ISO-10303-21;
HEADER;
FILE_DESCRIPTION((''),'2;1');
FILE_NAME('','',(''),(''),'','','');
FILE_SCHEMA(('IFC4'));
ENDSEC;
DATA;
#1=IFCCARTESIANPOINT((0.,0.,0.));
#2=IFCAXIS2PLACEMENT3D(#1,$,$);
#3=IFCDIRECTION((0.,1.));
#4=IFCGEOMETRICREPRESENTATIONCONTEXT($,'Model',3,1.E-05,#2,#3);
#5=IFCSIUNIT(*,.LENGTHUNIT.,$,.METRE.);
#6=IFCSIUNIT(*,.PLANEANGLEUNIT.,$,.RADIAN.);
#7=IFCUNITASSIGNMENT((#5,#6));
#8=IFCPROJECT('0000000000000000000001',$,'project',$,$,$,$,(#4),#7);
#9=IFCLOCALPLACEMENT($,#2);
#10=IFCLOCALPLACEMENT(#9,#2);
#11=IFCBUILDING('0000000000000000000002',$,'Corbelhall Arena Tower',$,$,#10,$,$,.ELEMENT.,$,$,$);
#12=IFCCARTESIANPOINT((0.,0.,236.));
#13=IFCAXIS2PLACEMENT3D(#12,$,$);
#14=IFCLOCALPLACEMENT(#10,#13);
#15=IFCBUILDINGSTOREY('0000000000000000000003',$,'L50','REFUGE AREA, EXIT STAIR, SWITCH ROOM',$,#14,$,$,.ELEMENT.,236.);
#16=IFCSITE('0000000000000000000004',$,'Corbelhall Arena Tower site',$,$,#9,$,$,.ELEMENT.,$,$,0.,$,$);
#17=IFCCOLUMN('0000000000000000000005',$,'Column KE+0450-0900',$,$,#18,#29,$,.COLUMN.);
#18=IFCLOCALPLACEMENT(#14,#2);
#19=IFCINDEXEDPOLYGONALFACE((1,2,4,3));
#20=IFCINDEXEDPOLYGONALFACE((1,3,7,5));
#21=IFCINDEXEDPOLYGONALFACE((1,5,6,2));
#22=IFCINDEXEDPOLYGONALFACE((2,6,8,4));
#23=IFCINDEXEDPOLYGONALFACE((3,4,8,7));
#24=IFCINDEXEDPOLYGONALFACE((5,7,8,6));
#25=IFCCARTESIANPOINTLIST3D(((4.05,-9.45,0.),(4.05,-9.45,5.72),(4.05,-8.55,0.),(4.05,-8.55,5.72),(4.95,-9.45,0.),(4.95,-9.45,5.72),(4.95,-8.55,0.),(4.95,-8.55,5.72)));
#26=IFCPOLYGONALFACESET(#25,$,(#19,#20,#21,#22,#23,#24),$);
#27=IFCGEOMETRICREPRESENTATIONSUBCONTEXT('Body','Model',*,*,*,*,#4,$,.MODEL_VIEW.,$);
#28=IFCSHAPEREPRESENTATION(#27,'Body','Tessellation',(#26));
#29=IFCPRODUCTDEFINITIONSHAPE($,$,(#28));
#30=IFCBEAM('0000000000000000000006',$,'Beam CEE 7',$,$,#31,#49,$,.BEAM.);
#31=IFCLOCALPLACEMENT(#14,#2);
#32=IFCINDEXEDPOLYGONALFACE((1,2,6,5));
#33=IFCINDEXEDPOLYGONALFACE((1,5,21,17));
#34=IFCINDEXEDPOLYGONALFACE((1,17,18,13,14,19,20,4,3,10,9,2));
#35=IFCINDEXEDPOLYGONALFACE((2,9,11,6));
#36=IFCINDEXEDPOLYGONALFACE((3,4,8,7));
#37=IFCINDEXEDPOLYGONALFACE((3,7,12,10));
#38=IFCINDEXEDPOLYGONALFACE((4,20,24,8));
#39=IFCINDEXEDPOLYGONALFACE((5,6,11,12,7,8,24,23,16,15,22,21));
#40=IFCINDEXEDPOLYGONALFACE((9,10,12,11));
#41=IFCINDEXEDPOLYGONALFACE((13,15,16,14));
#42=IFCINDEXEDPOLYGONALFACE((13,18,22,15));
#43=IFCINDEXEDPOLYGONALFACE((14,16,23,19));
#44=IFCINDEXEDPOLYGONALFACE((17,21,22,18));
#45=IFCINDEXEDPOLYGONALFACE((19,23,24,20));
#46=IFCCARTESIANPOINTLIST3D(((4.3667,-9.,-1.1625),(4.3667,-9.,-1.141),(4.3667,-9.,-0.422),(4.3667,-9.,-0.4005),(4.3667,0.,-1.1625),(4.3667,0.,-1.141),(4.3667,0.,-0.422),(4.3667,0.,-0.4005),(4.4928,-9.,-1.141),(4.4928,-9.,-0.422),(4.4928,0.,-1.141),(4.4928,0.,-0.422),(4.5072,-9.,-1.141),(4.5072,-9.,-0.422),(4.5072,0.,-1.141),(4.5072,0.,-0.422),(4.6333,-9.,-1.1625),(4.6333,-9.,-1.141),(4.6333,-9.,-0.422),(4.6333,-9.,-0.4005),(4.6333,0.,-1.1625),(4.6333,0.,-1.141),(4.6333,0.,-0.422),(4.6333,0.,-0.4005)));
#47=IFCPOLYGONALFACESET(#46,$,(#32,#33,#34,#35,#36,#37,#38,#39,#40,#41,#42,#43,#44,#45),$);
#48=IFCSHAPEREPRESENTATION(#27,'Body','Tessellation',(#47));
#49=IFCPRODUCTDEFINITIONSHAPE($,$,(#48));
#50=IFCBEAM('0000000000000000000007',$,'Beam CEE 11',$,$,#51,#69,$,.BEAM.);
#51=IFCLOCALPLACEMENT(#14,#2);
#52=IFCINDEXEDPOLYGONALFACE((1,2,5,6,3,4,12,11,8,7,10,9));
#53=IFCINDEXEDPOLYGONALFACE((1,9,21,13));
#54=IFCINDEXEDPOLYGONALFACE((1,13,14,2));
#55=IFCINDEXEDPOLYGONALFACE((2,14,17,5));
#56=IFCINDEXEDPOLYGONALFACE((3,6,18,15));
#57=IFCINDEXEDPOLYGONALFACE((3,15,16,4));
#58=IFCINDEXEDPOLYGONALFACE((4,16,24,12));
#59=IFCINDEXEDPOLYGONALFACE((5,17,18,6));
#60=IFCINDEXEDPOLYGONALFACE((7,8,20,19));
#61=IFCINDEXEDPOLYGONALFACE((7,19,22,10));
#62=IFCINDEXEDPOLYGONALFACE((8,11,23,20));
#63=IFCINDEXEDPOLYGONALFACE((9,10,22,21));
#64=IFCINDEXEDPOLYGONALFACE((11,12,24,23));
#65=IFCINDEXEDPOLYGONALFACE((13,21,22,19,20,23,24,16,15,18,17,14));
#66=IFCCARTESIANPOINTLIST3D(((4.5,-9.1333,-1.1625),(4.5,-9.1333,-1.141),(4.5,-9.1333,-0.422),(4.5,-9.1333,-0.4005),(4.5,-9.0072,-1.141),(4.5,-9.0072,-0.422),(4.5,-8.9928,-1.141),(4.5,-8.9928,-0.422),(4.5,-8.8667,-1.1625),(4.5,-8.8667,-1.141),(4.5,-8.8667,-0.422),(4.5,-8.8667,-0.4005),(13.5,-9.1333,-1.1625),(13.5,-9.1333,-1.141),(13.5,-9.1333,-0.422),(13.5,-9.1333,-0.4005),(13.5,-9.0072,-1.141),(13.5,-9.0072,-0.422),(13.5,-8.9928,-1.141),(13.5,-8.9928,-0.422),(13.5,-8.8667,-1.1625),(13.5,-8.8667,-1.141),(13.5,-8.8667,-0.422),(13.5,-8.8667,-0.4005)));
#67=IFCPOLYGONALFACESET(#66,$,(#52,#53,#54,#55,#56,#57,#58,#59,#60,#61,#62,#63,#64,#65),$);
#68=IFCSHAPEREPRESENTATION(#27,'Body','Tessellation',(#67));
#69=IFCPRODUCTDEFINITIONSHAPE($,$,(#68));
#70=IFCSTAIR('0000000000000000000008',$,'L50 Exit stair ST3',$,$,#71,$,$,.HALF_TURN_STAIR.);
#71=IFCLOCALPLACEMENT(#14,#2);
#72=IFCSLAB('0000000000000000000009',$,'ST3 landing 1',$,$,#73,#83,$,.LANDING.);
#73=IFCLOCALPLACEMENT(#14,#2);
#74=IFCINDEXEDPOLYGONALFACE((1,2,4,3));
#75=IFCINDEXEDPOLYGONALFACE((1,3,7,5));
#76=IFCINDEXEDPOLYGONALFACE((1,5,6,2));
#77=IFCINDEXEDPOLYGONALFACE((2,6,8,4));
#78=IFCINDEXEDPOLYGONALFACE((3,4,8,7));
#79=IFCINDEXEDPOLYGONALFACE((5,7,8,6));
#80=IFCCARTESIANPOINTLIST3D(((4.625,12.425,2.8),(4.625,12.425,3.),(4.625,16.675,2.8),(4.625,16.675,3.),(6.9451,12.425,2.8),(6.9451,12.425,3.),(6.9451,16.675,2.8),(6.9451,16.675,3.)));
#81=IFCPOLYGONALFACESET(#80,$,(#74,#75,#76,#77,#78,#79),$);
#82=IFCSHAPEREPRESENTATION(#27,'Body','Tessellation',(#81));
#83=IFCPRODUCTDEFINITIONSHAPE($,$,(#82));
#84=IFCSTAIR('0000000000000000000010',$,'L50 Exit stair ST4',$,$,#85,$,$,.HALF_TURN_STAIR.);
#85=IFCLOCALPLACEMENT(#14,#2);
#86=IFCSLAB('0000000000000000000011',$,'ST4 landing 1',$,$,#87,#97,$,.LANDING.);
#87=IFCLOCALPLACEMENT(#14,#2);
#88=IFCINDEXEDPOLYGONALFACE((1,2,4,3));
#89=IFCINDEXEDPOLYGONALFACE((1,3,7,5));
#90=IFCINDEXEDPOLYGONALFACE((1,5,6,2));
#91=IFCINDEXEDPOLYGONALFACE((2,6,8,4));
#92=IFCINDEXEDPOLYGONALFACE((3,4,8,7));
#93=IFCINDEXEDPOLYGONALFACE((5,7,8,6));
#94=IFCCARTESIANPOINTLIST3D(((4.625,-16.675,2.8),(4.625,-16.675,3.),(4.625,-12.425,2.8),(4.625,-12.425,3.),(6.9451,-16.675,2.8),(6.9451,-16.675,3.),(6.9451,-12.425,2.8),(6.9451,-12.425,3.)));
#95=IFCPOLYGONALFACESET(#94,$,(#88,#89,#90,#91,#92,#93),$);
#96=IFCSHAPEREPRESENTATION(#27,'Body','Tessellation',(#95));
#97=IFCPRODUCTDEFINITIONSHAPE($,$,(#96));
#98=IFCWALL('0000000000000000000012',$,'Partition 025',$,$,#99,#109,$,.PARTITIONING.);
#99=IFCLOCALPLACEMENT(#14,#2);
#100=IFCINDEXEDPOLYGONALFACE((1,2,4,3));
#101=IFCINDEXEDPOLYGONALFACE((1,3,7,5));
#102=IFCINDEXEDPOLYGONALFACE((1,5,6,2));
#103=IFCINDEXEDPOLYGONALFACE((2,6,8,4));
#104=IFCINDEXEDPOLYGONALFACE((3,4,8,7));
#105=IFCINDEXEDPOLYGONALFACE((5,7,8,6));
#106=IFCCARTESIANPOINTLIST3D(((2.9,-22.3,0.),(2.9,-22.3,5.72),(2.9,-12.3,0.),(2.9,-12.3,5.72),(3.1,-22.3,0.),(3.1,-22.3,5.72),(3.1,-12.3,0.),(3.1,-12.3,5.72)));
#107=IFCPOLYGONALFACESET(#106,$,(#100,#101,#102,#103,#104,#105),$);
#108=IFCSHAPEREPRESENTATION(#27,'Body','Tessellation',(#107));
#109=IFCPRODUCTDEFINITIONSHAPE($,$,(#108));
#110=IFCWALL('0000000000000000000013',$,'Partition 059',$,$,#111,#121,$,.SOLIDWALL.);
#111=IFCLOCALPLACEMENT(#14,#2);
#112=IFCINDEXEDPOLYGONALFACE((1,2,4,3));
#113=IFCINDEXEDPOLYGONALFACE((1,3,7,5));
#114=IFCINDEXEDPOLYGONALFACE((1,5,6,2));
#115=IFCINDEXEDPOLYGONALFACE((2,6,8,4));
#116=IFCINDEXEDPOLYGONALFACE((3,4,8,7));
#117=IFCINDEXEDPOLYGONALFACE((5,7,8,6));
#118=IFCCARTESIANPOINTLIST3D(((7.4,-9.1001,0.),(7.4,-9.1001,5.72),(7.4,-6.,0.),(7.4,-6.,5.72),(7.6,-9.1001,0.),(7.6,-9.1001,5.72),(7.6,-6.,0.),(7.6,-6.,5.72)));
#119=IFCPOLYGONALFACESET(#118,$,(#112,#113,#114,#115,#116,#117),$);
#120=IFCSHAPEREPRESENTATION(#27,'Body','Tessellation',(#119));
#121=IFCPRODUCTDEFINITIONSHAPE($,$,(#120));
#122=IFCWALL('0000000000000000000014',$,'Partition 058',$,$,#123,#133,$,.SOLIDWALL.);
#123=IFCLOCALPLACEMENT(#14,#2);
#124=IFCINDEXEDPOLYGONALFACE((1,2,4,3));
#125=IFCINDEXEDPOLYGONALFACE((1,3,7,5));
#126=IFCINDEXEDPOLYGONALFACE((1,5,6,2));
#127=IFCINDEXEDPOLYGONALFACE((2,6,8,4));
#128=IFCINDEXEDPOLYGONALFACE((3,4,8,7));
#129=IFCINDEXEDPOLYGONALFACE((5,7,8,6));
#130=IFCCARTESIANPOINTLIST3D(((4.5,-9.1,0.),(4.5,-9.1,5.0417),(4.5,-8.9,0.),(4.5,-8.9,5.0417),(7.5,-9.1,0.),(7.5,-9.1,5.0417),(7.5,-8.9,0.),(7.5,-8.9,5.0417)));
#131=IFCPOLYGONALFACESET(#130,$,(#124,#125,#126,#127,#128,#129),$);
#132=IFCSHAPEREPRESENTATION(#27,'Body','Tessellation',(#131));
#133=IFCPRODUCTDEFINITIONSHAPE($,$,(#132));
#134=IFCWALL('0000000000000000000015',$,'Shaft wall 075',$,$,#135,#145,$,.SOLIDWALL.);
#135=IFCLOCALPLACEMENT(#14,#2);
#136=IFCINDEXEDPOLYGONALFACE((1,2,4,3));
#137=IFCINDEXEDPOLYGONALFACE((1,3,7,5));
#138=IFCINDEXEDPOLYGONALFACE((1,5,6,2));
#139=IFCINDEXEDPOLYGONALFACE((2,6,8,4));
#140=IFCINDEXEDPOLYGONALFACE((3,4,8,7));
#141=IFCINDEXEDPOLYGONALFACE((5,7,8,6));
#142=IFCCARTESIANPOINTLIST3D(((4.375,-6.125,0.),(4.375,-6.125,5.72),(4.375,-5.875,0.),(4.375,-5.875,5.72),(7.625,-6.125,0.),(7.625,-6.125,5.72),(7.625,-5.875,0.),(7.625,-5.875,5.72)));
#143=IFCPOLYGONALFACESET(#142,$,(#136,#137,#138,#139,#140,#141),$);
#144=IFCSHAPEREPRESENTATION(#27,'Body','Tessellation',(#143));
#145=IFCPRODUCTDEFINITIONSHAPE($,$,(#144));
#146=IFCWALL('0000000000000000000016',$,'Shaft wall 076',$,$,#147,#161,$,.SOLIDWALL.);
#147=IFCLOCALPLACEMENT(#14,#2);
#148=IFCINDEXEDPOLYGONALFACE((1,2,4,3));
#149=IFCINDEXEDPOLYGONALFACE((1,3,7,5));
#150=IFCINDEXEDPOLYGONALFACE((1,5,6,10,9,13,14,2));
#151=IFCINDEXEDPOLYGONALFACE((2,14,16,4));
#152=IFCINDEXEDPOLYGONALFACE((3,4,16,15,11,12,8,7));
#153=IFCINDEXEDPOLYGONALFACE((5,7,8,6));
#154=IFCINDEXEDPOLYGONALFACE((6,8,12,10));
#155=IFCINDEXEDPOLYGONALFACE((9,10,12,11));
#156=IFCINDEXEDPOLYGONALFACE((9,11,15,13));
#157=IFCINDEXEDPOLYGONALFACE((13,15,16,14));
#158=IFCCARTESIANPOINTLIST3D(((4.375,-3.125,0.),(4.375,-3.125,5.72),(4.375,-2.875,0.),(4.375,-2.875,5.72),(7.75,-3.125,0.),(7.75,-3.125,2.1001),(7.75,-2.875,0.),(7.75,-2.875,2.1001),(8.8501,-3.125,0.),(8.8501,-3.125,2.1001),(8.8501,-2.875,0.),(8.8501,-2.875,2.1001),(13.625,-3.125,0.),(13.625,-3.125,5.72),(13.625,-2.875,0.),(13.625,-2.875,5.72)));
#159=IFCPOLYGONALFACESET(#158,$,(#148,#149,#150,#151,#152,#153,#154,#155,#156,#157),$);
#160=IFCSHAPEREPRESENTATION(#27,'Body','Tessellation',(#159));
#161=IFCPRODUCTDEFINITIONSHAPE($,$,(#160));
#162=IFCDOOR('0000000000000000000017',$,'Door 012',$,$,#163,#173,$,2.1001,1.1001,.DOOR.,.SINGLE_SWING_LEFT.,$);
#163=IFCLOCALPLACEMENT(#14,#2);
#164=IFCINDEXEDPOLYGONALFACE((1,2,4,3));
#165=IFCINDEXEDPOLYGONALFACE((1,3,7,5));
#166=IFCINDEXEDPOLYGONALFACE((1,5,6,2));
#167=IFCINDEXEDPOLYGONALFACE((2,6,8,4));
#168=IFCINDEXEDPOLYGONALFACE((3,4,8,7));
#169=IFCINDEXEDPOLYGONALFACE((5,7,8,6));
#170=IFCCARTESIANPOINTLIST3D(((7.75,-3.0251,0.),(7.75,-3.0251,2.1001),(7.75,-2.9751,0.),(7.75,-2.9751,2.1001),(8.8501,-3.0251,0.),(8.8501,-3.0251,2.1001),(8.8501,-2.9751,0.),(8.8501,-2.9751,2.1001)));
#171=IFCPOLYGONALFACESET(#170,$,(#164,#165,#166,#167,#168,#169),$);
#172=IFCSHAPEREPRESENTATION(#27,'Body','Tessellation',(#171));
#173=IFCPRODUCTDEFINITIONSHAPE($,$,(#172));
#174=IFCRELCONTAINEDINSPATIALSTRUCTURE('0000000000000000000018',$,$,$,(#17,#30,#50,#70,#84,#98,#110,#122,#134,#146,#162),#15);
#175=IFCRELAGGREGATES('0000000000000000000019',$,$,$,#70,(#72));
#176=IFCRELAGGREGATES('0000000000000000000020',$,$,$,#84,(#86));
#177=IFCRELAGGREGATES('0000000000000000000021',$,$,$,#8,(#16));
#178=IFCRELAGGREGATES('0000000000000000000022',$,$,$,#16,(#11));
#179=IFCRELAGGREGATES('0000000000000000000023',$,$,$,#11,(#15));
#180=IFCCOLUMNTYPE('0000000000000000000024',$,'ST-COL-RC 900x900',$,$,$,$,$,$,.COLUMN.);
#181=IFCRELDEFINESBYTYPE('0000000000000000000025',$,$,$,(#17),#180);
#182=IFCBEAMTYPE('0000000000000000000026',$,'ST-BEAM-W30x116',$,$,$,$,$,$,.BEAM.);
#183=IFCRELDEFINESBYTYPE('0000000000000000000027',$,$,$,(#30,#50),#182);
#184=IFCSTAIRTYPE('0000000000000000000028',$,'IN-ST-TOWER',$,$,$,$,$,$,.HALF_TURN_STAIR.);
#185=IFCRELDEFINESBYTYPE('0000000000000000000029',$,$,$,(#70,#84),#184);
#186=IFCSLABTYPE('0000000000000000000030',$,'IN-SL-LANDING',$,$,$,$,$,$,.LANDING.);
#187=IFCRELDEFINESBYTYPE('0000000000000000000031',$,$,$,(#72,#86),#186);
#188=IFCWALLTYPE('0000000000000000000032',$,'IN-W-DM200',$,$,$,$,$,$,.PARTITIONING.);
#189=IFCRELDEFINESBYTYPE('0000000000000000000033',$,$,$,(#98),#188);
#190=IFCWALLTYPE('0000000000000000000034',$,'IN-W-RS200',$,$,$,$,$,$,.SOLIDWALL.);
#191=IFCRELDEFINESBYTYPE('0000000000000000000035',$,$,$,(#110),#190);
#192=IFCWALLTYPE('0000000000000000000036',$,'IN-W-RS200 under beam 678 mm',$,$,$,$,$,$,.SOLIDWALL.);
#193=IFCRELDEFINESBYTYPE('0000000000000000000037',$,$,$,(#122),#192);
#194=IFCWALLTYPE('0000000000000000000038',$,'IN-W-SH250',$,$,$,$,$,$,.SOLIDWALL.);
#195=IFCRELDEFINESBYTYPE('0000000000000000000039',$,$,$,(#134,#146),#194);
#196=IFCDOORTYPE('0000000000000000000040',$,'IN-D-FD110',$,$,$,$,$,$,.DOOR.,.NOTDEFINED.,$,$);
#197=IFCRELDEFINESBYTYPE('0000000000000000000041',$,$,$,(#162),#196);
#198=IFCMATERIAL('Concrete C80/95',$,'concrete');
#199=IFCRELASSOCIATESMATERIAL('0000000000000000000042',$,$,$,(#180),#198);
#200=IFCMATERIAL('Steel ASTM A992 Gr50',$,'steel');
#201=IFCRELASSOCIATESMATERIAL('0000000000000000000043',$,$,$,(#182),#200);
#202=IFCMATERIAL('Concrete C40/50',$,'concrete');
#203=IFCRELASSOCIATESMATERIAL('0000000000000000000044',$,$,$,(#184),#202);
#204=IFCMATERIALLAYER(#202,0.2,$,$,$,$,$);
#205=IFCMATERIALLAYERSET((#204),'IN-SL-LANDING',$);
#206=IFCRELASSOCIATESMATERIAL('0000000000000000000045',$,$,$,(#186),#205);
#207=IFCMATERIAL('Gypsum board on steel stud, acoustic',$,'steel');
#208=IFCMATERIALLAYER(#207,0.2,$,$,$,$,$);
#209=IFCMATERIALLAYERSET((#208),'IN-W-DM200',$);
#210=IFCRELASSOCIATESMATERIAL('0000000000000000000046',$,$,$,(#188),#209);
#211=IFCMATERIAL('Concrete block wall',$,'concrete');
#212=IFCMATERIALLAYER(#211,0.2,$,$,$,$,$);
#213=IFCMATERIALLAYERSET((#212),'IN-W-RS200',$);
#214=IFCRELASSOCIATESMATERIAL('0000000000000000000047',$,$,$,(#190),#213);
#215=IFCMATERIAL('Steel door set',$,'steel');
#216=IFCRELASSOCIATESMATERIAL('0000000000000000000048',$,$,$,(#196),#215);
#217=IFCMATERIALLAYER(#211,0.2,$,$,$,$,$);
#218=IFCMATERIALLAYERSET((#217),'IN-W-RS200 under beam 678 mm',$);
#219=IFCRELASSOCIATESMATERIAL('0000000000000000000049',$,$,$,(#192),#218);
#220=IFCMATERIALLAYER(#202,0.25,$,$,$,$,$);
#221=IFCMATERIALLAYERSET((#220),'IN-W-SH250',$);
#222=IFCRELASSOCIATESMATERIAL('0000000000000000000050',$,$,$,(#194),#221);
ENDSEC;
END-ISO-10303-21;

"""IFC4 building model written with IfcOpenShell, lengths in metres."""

from ifc_helpers import new_model, si_unit, direction, frame, frame_2d, origin, origin_2d, place, context, subcontext, project, spatial, polyline, rectangle, i_section, outline, extrude, material, layer, layer_set, material_profile, profile_set, type_object, element, fill, aggregate, save


model = new_model("IFC4")

# Units and contexts
model_context = context("Model", 3, precision=1e-05, world=origin(), true_north=direction((0.0, 1.0)))
body_context = subcontext(model_context, "Body", "Model", "MODEL_VIEW")
ifc_project = project(units=[si_unit("LENGTHUNIT", "METRE"), si_unit("PLANEANGLEUNIT", "RADIAN")], contexts=[model_context])

# Site, building, storey
site_placement = place(None, origin())
site = spatial("IfcSite", under=ifc_project, at=site_placement, Name="Corbelhall Arena Tower site", CompositionType="ELEMENT", RefElevation=0.0)
building_placement = place(site_placement, origin())
building = spatial("IfcBuilding", under=site, at=building_placement, Name="Corbelhall Arena Tower", CompositionType="ELEMENT")
storey_placement = place(building_placement, frame((0.0, 0.0, 236.0)))
storey = spatial("IfcBuildingStorey", under=building, at=storey_placement, Name="L50", Description="REFUGE AREA, EXIT STAIR, SWITCH ROOM", CompositionType="ELEMENT", Elevation=236.0)

# Column
ifc_material_1 = material(Name="Concrete C80/95", Category="concrete")
ifc_material_profile_1 = material_profile(ifc_material_1, rectangle(XDim=0.8999, YDim=0.8999, at=origin_2d()))
ifc_profile_set_1 = profile_set([ifc_material_profile_1], Name="Concrete C80/95")
column_type = type_object("IfcColumnType", Name="ST-COL-RC 900x900", PredefinedType="COLUMN", material=ifc_profile_set_1)
column_placement = place(storey_placement, frame((4.5, -9.0, 0.0), z_axis=(0.0, 0.0, 1.0), x_axis=(1.0, 0.0, 0.0)))
element("IfcColumn", 1, at=column_placement, inside=storey, type_object=column_type, Name="Column KE+0450-0900", PredefinedType="COLUMN", context=body_context, shape_type="SweptSolid", body=[
    extrude(rectangle(XDim=0.8999, YDim=0.8999, at=origin_2d()), origin(), (0.0, 0.0, 1.0), 5.72),
])

# Beams
ifc_material_2 = material(Name="Steel ASTM A992 Gr50", Category="steel")
ifc_material_profile_2 = material_profile(ifc_material_2, i_section(OverallWidth=0.2666, OverallDepth=0.762, WebThickness=0.0144, FlangeThickness=0.0215, at=origin_2d()))
ifc_profile_set_2 = profile_set([ifc_material_profile_2], Name="Steel ASTM A992 Gr50")
beam_type = type_object("IfcBeamType", Name="ST-BEAM-W30x116", PredefinedType="BEAM", material=ifc_profile_set_2)
for number, where, z_axis, x_axis, name in (
    (2, (4.5, -9.0, -0.7815), (0.0, 1.0, 0.0), (-1.0, 0.0, 0.0), "Beam CEE 7"),
    (3, (4.5, -9.0, -0.7815), (1.0, 0.0, 0.0), (0.0, 1.0, 0.0), "Beam CEE 11"),
):
    element("IfcBeam", number, at=place(storey_placement, frame(where, z_axis=z_axis, x_axis=x_axis)), inside=storey, type_object=beam_type, Name=name, PredefinedType="BEAM", context=body_context, shape_type="SweptSolid", body=[
        extrude(i_section(OverallWidth=0.2666, OverallDepth=0.762, WebThickness=0.0144, FlangeThickness=0.0215, at=origin_2d()), origin(), (0.0, 0.0, 1.0), 9.0),
    ])

# Stairs, slabs
ifc_material_3 = material(Name="Concrete C40/50", Category="concrete")
stair_type = type_object("IfcStairType", Name="IN-ST-TOWER", PredefinedType="HALF_TURN_STAIR", material=ifc_material_3)
stair_1_placement = place(storey_placement, origin())
stair_1 = element("IfcStair", 4, at=stair_1_placement, inside=storey, type_object=stair_type, Name="L50 Exit stair ST3", PredefinedType="HALF_TURN_STAIR")
ifc_layer_1 = layer(ifc_material_3, 0.2)
ifc_layer_set_1 = layer_set([ifc_layer_1], Name="IN-SL-LANDING")
slab_type = type_object("IfcSlabType", Name="IN-SL-LANDING", PredefinedType="LANDING", material=ifc_layer_set_1)
slab_1_placement = place(storey_placement, frame((0.0, 0.0, 2.8)))
slab_1 = element("IfcSlab", 5, at=slab_1_placement, type_object=slab_type, Name="ST3 landing 1", PredefinedType="LANDING", context=body_context, shape_type="SweptSolid", body=[
    extrude(outline(polyline([(6.9451, 16.675), (4.625, 16.675), (4.625, 12.425), (6.9451, 12.425), (6.9451, 16.675)])), origin(), (0.0, 0.0, 1.0), 0.2),
])
aggregate(stair_1, [slab_1])
stair_2_placement = place(storey_placement, origin())
stair_2 = element("IfcStair", 6, at=stair_2_placement, inside=storey, type_object=stair_type, Name="L50 Exit stair ST4", PredefinedType="HALF_TURN_STAIR")
slab_2_placement = place(storey_placement, frame((0.0, 0.0, 2.8)))
slab_2 = element("IfcSlab", 7, at=slab_2_placement, type_object=slab_type, Name="ST4 landing 1", PredefinedType="LANDING", context=body_context, shape_type="SweptSolid", body=[
    extrude(outline(polyline([(6.9451, -12.425), (4.625, -12.425), (4.625, -16.675), (6.9451, -16.675), (6.9451, -12.425)])), origin(), (0.0, 0.0, 1.0), 0.2),
])
aggregate(stair_2, [slab_2])

# Shared definitions
ifc_material_4 = material(Name="Gypsum board on steel stud, acoustic", Category="steel")
ifc_layer_2 = layer(ifc_material_4, 0.2)
ifc_layer_set_2 = layer_set([ifc_layer_2], Name="IN-W-DM200")
wall_type_1 = type_object("IfcWallType", Name="IN-W-DM200", PredefinedType="PARTITIONING", material=ifc_layer_set_2)
ifc_material_5 = material(Name="Steel door set", Category="steel")

# Walls
wall_1_placement = place(storey_placement, frame((3.0, -12.3, 0.0), z_axis=(0.0, 0.0, 1.0), x_axis=(0.0, -1.0, 0.0)))
element("IfcWall", 8, at=wall_1_placement, inside=storey, type_object=wall_type_1, Name="Partition 025", PredefinedType="PARTITIONING", context=body_context, shape_type="SweptSolid", body=[
    extrude(rectangle(XDim=10.0, YDim=0.2, at=frame_2d((5.0, 0.0))), origin(), (0.0, 0.0, 1.0), 5.72),
])
ifc_material_6 = material(Name="Concrete block wall", Category="concrete")
ifc_layer_3 = layer(ifc_material_6, 0.2)
ifc_layer_set_3 = layer_set([ifc_layer_3], Name="IN-W-RS200")
wall_type_2 = type_object("IfcWallType", Name="IN-W-RS200", PredefinedType="SOLIDWALL", material=ifc_layer_set_3)
wall_2_placement = place(storey_placement, frame((7.5, -6.0, 0.0), z_axis=(0.0, 0.0, 1.0), x_axis=(0.0, -1.0, 0.0)))
element("IfcWall", 9, at=wall_2_placement, inside=storey, type_object=wall_type_2, Name="Partition 059", PredefinedType="SOLIDWALL", context=body_context, shape_type="SweptSolid", body=[
    extrude(rectangle(XDim=3.1001, YDim=0.2, at=frame_2d((1.55, 0.0))), origin(), (0.0, 0.0, 1.0), 5.72),
])

# Shared definitions
door_type_1 = type_object("IfcDoorType", Name="IN-D-FD110", OperationType="NOTDEFINED", PredefinedType="DOOR", material=ifc_material_5)
ifc_layer_4 = layer(ifc_material_6, 0.2)
ifc_layer_set_4 = layer_set([ifc_layer_4], Name="IN-W-RS200 under beam 678 mm")
wall_type_3 = type_object("IfcWallType", Name="IN-W-RS200 under beam 678 mm", PredefinedType="SOLIDWALL", material=ifc_layer_set_4)

# Walls
wall_3_placement = place(storey_placement, frame((7.5, -9.0, 0.0), z_axis=(0.0, 0.0, 1.0), x_axis=(-1.0, 0.0, 0.0)))
element("IfcWall", 10, at=wall_3_placement, inside=storey, type_object=wall_type_3, Name="Partition 058", PredefinedType="SOLIDWALL", context=body_context, shape_type="SweptSolid", body=[
    extrude(rectangle(XDim=3.0, YDim=0.2, at=frame_2d((1.5, 0.0))), origin(), (0.0, 0.0, 1.0), 5.0417),
])
ifc_layer_5 = layer(ifc_material_3, 0.25)
ifc_layer_set_5 = layer_set([ifc_layer_5], Name="IN-W-SH250")
wall_type_4 = type_object("IfcWallType", Name="IN-W-SH250", PredefinedType="SOLIDWALL", material=ifc_layer_set_5)
wall_4_placement = place(storey_placement, frame((4.375, -6.0, 0.0), z_axis=(0.0, 0.0, 1.0), x_axis=(1.0, 0.0, 0.0)))
element("IfcWall", 11, at=wall_4_placement, inside=storey, type_object=wall_type_4, Name="Shaft wall 075", PredefinedType="SOLIDWALL", context=body_context, shape_type="SweptSolid", body=[
    extrude(rectangle(XDim=3.25, YDim=0.25, at=frame_2d((1.625, 0.0))), origin(), (0.0, 0.0, 1.0), 5.72),
])

# Wall, opening, door
wall_5_placement = place(storey_placement, frame((4.375, -3.0, 0.0), z_axis=(0.0, 0.0, 1.0), x_axis=(1.0, 0.0, 0.0)))
wall_5 = element("IfcWall", 12, at=wall_5_placement, inside=storey, type_object=wall_type_4, Name="Shaft wall 076", PredefinedType="SOLIDWALL", context=body_context, shape_type="SweptSolid", body=[
    extrude(rectangle(XDim=9.25, YDim=0.25, at=frame_2d((4.625, 0.0))), origin(), (0.0, 0.0, 1.0), 5.72),
])
opening_1_placement = place(wall_5_placement, frame((3.375, 0.0, 0.0)))
opening_1 = element("IfcOpeningElement", 13, at=opening_1_placement, cuts=wall_5, PredefinedType="OPENING", context=body_context, shape_type="SweptSolid", body=[
    extrude(rectangle(XDim=1.1001, YDim=2.1001, at=frame_2d((0.55, 1.05))), frame((0.0, 0.125, 0.0), z_axis=(0.0, -1.0, 0.0), x_axis=(1.0, 0.0, 0.0)), (0.0, 0.0, 1.0), 0.25),
])
door_1_placement = place(opening_1_placement, origin())
door_1 = element("IfcDoor", 14, at=door_1_placement, inside=storey, type_object=door_type_1, Name="Door 012", OperationType="SINGLE_SWING_LEFT", OverallHeight=2.1001, OverallWidth=1.1001, PredefinedType="DOOR", context=body_context, shape_type="SweptSolid", body=[
    extrude(rectangle(XDim=1.1001, YDim=2.1001, at=frame_2d((0.55, 1.05))), frame((0.0, 0.0249, 0.0), z_axis=(0.0, -1.0, 0.0), x_axis=(1.0, 0.0, 0.0)), (0.0, 0.0, 1.0), 0.05),
])
fill(opening_1, door_1)

save(model, "model.ifc")
